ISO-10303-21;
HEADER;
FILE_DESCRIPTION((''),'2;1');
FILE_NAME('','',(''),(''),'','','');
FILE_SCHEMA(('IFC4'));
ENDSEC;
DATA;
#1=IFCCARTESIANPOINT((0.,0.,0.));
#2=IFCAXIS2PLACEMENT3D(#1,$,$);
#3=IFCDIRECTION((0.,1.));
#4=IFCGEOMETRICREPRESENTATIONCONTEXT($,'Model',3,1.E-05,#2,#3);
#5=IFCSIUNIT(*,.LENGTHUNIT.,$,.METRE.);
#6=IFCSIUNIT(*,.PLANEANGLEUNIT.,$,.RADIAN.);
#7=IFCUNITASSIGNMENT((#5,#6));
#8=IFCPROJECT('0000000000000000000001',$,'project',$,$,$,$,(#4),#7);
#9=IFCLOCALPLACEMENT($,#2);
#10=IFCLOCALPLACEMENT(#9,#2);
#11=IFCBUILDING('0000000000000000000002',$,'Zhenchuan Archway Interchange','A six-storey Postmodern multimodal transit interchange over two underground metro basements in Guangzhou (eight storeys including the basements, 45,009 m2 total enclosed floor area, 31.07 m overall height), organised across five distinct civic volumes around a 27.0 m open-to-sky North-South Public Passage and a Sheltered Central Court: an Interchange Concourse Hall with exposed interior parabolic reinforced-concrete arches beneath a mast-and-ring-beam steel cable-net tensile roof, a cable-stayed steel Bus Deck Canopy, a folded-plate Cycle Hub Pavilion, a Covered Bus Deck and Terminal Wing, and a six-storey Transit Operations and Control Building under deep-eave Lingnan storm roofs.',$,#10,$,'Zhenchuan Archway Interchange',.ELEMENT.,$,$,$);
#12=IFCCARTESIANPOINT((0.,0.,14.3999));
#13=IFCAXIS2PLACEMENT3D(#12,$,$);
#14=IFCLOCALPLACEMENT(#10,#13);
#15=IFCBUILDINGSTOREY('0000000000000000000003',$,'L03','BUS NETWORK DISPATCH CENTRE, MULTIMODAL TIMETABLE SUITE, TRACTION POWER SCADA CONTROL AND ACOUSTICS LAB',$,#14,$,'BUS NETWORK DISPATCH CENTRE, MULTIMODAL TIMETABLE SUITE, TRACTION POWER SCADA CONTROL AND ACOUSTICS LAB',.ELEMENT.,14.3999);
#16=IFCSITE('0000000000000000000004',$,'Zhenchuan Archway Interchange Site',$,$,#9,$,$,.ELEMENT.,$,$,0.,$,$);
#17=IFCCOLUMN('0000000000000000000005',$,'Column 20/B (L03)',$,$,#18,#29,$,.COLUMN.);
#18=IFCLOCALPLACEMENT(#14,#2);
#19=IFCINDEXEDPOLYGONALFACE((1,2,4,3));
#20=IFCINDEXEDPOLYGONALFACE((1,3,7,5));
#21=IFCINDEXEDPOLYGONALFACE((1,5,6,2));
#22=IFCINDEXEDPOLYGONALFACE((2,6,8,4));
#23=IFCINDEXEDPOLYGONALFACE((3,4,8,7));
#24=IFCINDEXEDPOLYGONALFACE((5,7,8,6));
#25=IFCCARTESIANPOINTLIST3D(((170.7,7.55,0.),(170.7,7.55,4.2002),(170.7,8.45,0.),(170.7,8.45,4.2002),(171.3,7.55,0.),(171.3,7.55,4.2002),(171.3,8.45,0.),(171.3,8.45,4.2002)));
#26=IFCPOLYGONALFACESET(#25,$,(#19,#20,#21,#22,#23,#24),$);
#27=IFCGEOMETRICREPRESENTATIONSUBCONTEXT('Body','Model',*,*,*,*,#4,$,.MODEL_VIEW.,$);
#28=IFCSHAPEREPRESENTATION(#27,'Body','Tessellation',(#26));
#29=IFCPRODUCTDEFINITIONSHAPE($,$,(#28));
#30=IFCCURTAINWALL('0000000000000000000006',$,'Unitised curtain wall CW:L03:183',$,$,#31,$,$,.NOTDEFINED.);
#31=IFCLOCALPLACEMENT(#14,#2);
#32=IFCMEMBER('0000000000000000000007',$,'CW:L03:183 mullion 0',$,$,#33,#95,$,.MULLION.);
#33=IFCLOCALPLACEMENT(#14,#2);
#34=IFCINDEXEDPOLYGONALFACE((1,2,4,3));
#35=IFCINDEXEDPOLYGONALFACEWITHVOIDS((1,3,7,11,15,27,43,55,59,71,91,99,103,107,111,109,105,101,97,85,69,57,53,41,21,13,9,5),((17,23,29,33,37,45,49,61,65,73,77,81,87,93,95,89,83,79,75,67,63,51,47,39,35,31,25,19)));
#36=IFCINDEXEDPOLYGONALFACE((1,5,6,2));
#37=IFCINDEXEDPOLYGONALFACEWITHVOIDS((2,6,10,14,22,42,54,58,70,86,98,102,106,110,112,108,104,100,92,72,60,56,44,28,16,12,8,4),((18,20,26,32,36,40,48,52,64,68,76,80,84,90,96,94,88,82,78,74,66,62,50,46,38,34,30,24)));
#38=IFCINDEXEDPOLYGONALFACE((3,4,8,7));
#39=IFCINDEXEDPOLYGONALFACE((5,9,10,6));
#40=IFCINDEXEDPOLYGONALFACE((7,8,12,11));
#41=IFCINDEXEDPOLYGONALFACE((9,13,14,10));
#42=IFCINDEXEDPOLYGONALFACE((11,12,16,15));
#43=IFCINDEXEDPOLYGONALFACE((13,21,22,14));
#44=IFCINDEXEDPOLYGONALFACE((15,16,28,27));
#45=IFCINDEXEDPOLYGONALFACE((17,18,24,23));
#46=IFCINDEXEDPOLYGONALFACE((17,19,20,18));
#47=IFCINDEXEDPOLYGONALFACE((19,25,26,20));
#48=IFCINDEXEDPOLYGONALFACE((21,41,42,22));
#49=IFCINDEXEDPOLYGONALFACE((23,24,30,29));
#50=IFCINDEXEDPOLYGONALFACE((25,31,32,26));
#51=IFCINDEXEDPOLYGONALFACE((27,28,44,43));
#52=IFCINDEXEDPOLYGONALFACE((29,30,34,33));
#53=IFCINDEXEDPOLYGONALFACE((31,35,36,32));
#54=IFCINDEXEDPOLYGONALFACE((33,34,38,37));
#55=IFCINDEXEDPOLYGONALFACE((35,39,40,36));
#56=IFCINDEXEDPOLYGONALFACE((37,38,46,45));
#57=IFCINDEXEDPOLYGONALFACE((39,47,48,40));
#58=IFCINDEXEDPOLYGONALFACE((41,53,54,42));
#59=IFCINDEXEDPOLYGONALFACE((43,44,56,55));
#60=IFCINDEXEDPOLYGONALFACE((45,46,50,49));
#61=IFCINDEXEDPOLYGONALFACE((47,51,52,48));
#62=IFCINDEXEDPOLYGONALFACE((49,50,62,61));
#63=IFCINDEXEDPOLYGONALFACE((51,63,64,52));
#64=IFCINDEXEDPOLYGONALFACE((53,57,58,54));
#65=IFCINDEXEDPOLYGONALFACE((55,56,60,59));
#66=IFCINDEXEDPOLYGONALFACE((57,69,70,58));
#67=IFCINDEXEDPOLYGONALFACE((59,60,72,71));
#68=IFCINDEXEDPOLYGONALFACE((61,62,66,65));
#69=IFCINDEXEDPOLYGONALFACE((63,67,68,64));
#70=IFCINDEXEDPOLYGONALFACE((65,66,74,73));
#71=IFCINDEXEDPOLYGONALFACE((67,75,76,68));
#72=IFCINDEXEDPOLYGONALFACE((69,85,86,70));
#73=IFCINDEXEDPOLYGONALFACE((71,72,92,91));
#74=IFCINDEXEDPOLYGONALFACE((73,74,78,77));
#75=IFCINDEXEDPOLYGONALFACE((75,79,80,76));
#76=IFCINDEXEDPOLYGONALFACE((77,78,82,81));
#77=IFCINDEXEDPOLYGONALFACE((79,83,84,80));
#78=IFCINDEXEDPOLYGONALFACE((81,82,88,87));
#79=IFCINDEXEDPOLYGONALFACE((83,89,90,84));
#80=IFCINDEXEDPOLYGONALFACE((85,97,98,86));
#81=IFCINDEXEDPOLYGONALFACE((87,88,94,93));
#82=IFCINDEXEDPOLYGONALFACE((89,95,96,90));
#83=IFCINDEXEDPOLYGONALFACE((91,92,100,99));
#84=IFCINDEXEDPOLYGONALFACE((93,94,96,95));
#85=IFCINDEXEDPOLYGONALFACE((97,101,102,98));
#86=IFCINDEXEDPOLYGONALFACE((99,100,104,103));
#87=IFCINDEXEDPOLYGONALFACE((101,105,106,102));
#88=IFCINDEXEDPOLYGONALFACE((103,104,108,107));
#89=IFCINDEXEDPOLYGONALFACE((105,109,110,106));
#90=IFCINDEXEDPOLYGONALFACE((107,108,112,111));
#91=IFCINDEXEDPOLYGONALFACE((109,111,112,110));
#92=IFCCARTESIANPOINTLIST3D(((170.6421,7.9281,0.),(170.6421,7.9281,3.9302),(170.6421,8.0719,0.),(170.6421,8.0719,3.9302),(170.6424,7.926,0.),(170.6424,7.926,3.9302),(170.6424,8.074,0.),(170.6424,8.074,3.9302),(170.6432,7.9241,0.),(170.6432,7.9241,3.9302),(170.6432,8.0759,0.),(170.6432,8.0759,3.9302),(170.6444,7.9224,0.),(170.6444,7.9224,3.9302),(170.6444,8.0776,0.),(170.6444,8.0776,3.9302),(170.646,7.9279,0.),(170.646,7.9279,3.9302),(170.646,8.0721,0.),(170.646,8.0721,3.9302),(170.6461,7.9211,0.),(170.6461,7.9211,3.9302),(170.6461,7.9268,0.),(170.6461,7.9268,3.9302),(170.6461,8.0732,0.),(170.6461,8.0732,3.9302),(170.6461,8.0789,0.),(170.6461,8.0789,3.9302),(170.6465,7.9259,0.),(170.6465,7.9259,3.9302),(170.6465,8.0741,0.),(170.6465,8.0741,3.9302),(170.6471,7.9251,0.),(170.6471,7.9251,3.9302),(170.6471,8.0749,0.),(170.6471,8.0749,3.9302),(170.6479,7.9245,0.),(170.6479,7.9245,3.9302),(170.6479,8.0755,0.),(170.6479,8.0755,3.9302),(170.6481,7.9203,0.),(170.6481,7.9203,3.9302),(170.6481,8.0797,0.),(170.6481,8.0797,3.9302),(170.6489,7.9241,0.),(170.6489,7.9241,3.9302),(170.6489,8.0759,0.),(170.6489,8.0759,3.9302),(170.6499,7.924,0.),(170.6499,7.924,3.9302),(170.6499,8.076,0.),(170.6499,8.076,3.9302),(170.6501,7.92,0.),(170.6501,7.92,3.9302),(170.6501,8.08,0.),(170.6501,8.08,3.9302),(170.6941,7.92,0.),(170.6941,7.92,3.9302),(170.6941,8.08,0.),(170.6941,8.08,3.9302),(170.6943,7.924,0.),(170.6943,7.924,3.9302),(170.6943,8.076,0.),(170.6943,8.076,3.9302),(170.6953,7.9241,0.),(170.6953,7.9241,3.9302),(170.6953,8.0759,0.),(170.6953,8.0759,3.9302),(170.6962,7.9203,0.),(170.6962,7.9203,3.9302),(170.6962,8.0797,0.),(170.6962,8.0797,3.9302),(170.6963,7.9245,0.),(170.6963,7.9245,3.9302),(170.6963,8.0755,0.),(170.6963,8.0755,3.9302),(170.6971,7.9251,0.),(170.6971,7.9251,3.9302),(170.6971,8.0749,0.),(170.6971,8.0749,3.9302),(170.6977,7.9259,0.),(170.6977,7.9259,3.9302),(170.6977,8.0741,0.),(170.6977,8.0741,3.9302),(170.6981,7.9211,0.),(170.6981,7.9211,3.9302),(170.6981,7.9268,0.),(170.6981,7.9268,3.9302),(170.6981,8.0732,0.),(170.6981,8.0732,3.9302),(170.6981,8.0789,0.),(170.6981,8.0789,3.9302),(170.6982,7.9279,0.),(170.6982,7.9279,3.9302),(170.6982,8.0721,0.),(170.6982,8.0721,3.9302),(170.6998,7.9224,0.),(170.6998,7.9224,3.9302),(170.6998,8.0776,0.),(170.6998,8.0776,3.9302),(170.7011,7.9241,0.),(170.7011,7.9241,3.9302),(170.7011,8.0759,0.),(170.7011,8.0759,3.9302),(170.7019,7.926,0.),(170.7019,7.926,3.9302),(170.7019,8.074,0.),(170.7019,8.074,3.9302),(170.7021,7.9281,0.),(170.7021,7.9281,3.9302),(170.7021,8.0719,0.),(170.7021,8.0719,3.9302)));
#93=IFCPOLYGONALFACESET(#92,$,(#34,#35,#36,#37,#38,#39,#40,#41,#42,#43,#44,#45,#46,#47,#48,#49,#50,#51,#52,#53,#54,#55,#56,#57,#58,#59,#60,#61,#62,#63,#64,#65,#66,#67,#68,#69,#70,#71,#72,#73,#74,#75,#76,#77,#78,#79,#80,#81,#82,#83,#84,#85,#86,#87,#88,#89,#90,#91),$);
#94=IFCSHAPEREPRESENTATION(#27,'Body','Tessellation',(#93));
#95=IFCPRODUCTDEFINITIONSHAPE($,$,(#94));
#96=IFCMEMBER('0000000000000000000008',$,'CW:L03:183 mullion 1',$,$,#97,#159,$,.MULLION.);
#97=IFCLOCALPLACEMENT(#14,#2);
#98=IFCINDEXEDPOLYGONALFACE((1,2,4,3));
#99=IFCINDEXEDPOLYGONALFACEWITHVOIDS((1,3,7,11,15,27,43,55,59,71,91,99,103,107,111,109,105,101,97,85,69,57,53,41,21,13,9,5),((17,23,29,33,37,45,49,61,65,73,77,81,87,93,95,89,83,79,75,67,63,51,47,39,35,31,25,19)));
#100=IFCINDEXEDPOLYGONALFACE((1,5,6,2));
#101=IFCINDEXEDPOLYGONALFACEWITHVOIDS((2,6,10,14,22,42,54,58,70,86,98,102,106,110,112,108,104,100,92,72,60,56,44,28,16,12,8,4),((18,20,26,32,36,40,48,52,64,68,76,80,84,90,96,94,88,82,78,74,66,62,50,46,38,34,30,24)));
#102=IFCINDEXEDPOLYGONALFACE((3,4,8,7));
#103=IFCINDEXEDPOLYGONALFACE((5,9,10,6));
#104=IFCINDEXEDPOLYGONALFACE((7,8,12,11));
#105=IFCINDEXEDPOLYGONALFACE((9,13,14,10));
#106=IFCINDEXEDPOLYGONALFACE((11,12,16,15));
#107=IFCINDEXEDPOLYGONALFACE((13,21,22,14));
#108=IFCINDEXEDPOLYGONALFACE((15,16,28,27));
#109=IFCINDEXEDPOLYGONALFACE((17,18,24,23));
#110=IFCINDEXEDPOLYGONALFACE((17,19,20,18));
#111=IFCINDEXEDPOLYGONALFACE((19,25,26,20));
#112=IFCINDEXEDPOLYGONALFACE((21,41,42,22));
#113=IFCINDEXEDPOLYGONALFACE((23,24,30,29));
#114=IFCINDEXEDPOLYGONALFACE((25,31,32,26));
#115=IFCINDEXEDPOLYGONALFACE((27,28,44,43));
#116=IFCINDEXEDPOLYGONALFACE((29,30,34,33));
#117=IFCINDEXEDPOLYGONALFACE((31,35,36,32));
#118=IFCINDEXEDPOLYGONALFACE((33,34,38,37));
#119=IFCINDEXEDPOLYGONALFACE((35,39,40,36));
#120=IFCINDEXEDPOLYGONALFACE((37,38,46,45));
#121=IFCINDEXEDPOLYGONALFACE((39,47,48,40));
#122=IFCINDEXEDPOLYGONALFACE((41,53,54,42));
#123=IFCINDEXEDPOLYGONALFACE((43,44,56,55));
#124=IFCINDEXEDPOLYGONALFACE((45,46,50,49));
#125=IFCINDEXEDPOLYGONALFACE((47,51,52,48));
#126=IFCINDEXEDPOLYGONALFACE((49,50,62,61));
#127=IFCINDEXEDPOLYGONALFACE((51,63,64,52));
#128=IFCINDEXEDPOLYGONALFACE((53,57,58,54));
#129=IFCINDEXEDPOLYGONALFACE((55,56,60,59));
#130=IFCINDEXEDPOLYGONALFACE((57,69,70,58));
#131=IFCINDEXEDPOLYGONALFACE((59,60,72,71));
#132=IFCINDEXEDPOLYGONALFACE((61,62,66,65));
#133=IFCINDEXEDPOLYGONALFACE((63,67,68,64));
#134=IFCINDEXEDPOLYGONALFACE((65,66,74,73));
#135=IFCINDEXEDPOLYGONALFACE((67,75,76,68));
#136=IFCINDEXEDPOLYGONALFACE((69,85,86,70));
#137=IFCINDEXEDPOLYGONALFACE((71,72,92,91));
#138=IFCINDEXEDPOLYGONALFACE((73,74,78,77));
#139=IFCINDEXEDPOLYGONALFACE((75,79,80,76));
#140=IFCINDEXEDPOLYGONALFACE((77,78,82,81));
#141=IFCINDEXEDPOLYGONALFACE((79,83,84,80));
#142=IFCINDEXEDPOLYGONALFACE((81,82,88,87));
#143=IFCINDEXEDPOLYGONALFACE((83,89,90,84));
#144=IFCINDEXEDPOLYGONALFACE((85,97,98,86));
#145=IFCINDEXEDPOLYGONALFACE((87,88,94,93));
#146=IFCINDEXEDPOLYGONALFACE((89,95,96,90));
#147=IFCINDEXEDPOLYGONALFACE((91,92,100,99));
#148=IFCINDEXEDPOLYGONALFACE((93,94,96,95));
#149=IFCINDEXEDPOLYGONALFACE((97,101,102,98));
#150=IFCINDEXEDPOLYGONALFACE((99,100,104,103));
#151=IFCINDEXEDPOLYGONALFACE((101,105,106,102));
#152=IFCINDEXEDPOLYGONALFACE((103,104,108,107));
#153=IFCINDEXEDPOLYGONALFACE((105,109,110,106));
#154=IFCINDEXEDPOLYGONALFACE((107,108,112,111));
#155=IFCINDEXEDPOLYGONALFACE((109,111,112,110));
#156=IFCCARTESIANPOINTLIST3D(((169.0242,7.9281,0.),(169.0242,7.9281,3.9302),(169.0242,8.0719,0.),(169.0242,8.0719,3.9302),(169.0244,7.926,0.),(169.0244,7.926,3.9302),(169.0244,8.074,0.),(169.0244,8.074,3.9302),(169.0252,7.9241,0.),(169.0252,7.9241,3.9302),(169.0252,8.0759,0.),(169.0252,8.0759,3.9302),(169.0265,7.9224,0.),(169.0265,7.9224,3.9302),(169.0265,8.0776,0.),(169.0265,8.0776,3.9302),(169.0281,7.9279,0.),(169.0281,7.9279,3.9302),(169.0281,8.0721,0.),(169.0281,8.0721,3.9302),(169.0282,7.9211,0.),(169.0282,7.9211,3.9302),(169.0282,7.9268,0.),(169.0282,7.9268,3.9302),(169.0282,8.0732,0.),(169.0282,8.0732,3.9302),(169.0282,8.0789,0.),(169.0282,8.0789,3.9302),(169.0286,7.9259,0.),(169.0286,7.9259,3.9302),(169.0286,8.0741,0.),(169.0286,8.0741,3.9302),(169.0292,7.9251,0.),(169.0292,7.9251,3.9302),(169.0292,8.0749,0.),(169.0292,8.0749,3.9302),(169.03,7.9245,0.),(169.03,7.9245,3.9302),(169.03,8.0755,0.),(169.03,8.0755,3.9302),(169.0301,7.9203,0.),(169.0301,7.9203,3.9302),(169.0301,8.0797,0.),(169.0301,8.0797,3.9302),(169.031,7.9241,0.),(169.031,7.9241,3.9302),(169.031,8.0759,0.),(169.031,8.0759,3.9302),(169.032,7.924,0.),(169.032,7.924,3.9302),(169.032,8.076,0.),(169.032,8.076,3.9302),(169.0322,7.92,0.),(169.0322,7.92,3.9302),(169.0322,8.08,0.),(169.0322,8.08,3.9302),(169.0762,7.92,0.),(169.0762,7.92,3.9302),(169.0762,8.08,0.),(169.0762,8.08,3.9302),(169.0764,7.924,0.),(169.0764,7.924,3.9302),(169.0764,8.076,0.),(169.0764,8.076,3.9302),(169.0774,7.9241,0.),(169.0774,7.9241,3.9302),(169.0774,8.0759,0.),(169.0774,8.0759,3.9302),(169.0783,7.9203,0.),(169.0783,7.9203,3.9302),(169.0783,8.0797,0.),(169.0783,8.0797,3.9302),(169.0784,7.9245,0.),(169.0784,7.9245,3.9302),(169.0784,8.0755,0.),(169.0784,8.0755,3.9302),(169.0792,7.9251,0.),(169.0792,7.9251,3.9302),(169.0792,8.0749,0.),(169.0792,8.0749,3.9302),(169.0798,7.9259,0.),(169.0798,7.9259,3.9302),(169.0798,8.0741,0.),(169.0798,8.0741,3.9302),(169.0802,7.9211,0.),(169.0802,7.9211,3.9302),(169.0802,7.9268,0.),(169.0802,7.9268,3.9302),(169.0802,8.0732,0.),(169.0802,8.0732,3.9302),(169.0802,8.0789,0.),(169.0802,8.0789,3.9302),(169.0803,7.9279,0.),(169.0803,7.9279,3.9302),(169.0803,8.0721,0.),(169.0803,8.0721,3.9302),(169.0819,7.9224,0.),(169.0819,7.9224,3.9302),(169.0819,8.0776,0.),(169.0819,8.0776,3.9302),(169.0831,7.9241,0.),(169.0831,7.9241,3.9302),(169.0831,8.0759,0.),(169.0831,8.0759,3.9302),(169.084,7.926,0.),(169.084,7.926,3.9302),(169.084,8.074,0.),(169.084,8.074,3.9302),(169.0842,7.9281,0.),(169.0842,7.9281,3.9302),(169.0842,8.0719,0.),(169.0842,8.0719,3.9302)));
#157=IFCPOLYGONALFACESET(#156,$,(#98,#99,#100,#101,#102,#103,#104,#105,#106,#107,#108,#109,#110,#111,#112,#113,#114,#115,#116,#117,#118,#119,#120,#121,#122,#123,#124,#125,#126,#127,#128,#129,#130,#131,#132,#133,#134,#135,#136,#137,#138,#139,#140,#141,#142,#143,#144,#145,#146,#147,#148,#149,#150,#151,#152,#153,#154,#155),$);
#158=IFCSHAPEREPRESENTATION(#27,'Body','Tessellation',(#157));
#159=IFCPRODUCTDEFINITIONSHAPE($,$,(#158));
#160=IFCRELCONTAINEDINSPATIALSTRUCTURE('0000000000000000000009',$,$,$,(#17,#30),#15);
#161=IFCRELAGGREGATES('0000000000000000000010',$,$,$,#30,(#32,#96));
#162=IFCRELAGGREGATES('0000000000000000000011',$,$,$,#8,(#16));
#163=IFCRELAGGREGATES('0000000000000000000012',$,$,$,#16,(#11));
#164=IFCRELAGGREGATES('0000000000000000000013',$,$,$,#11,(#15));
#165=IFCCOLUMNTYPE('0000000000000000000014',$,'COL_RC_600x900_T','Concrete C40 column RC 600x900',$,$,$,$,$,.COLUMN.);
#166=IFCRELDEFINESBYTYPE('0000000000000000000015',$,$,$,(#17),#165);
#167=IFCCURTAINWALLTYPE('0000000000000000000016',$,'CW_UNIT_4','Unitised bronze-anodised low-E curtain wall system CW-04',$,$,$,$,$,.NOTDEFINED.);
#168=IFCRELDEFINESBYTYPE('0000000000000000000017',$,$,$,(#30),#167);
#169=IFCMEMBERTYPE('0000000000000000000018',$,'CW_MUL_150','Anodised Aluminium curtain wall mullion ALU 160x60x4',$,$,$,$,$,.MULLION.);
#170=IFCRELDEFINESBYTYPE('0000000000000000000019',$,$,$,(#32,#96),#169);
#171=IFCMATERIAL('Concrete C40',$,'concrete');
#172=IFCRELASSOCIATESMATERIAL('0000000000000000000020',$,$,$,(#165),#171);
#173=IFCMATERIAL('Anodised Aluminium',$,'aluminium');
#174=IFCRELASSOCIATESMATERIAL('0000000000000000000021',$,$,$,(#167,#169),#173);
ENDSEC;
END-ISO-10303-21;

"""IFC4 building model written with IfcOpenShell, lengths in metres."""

from ifc_helpers import new_model, si_unit, direction, frame, origin, origin_2d, place, context, subcontext, project, spatial, rectangle, hollow_rectangle, extrude, material, material_profile, profile_set, type_object, element, aggregate, save


model = new_model("IFC4")

# Units and contexts
model_context = context("Model", 3, precision=1e-05, world=origin(), true_north=direction((0.0, 1.0)))
body_context = subcontext(model_context, "Body", "Model", "MODEL_VIEW")
ifc_project = project(units=[si_unit("LENGTHUNIT", "METRE"), si_unit("PLANEANGLEUNIT", "RADIAN")], contexts=[model_context])

# Site, building, storey
site_placement = place(None, origin())
site = spatial("IfcSite", under=ifc_project, at=site_placement, Name="Zhenchuan Archway Interchange Site", CompositionType="ELEMENT", RefElevation=0.0)
building_placement = place(site_placement, origin())
building = spatial("IfcBuilding", under=site, at=building_placement, Name="Zhenchuan Archway Interchange", Description="A six-storey Postmodern multimodal transit interchange over two underground metro basements in Guangzhou (eight storeys including the basements, 45,009 m2 total enclosed floor area, 31.07 m overall height), organised across five distinct civic volumes around a 27.0 m open-to-sky North-South Public Passage and a Sheltered Central Court: an Interchange Concourse Hall with exposed interior parabolic reinforced-concrete arches beneath a mast-and-ring-beam steel cable-net tensile roof, a cable-stayed steel Bus Deck Canopy, a folded-plate Cycle Hub Pavilion, a Covered Bus Deck and Terminal Wing, and a six-storey Transit Operations and Control Building under deep-eave Lingnan storm roofs.", LongName="Zhenchuan Archway Interchange", CompositionType="ELEMENT")
storey_placement = place(building_placement, frame((0.0, 0.0, 14.3999)))
storey = spatial("IfcBuildingStorey", under=building, at=storey_placement, Name="L03", Description="BUS NETWORK DISPATCH CENTRE, MULTIMODAL TIMETABLE SUITE, TRACTION POWER SCADA CONTROL AND ACOUSTICS LAB", LongName="BUS NETWORK DISPATCH CENTRE, MULTIMODAL TIMETABLE SUITE, TRACTION POWER SCADA CONTROL AND ACOUSTICS LAB", CompositionType="ELEMENT", Elevation=14.3999)

# Column
ifc_material_1 = material(Name="Concrete C40", Category="concrete")
ifc_material_profile_1 = material_profile(ifc_material_1, rectangle(XDim=0.6001, YDim=0.8999, at=origin_2d()), Name="RC 600x900")
ifc_profile_set_1 = profile_set([ifc_material_profile_1], Name="Concrete C40")
column_type = type_object("IfcColumnType", Name="COL_RC_600x900_T", Description="Concrete C40 column RC 600x900", PredefinedType="COLUMN", material=ifc_profile_set_1)
column_placement = place(storey_placement, frame((171.0, 8.0, 0.0), z_axis=(0.0, 0.0, 1.0), x_axis=(1.0, 0.0, 0.0)))
element("IfcColumn", 1, at=column_placement, inside=storey, type_object=column_type, Name="Column 20/B (L03)", PredefinedType="COLUMN", context=body_context, shape_type="SweptSolid", body=[
    extrude(rectangle(XDim=0.6001, YDim=0.8999, at=origin_2d()), origin(), (0.0, 0.0, 1.0), 4.2002),
])

# Curtain wall, members
ifc_material_2 = material(Name="Anodised Aluminium", Category="aluminium")
curtain_wall_type = type_object("IfcCurtainWallType", Name="CW_UNIT_4", Description="Unitised bronze-anodised low-E curtain wall system CW-04", PredefinedType="NOTDEFINED", material=ifc_material_2)
curtain_wall_placement = place(storey_placement, origin())
curtain_wall = element("IfcCurtainWall", 2, at=curtain_wall_placement, inside=storey, type_object=curtain_wall_type, Name="Unitised curtain wall CW:L03:183", PredefinedType="NOTDEFINED")
ifc_material_profile_2 = material_profile(ifc_material_2, hollow_rectangle(XDim=0.0601, YDim=0.1599, WallThickness=0.0039, InnerFilletRadius=0.0039, OuterFilletRadius=0.0081, at=origin_2d()), Name="ALU 160x60x4")
ifc_profile_set_2 = profile_set([ifc_material_profile_2], Name="Anodised Aluminium")
member_type_1 = type_object("IfcMemberType", Name="CW_MUL_150", Description="Anodised Aluminium curtain wall mullion ALU 160x60x4", PredefinedType="MULLION", material=ifc_profile_set_2)
member_1_placement = place(storey_placement, frame((170.6721, 8.0, 0.0), z_axis=(0.0, 0.0, 1.0), x_axis=(1.0, 0.0, 0.0)))
member_1 = element("IfcMember", 3, at=member_1_placement, type_object=member_type_1, Name="CW:L03:183 mullion 0", PredefinedType="MULLION", context=body_context, shape_type="SweptSolid", body=[
    extrude(hollow_rectangle(XDim=0.0601, YDim=0.1599, WallThickness=0.0039, InnerFilletRadius=0.0039, OuterFilletRadius=0.0081, at=origin_2d()), origin(), (0.0, 0.0, 1.0), 3.9302),
])
member_2_placement = place(storey_placement, frame((169.0542, 8.0, 0.0), z_axis=(0.0, 0.0, 1.0), x_axis=(1.0, 0.0, 0.0)))
member_2 = element("IfcMember", 4, at=member_2_placement, type_object=member_type_1, Name="CW:L03:183 mullion 1", PredefinedType="MULLION", context=body_context, shape_type="SweptSolid", body=[
    extrude(hollow_rectangle(XDim=0.0601, YDim=0.1599, WallThickness=0.0039, InnerFilletRadius=0.0039, OuterFilletRadius=0.0081, at=origin_2d()), origin(), (0.0, 0.0, 1.0), 3.9302),
])

aggregate(curtain_wall, [member_1, member_2])

save(model, "model.ifc")
